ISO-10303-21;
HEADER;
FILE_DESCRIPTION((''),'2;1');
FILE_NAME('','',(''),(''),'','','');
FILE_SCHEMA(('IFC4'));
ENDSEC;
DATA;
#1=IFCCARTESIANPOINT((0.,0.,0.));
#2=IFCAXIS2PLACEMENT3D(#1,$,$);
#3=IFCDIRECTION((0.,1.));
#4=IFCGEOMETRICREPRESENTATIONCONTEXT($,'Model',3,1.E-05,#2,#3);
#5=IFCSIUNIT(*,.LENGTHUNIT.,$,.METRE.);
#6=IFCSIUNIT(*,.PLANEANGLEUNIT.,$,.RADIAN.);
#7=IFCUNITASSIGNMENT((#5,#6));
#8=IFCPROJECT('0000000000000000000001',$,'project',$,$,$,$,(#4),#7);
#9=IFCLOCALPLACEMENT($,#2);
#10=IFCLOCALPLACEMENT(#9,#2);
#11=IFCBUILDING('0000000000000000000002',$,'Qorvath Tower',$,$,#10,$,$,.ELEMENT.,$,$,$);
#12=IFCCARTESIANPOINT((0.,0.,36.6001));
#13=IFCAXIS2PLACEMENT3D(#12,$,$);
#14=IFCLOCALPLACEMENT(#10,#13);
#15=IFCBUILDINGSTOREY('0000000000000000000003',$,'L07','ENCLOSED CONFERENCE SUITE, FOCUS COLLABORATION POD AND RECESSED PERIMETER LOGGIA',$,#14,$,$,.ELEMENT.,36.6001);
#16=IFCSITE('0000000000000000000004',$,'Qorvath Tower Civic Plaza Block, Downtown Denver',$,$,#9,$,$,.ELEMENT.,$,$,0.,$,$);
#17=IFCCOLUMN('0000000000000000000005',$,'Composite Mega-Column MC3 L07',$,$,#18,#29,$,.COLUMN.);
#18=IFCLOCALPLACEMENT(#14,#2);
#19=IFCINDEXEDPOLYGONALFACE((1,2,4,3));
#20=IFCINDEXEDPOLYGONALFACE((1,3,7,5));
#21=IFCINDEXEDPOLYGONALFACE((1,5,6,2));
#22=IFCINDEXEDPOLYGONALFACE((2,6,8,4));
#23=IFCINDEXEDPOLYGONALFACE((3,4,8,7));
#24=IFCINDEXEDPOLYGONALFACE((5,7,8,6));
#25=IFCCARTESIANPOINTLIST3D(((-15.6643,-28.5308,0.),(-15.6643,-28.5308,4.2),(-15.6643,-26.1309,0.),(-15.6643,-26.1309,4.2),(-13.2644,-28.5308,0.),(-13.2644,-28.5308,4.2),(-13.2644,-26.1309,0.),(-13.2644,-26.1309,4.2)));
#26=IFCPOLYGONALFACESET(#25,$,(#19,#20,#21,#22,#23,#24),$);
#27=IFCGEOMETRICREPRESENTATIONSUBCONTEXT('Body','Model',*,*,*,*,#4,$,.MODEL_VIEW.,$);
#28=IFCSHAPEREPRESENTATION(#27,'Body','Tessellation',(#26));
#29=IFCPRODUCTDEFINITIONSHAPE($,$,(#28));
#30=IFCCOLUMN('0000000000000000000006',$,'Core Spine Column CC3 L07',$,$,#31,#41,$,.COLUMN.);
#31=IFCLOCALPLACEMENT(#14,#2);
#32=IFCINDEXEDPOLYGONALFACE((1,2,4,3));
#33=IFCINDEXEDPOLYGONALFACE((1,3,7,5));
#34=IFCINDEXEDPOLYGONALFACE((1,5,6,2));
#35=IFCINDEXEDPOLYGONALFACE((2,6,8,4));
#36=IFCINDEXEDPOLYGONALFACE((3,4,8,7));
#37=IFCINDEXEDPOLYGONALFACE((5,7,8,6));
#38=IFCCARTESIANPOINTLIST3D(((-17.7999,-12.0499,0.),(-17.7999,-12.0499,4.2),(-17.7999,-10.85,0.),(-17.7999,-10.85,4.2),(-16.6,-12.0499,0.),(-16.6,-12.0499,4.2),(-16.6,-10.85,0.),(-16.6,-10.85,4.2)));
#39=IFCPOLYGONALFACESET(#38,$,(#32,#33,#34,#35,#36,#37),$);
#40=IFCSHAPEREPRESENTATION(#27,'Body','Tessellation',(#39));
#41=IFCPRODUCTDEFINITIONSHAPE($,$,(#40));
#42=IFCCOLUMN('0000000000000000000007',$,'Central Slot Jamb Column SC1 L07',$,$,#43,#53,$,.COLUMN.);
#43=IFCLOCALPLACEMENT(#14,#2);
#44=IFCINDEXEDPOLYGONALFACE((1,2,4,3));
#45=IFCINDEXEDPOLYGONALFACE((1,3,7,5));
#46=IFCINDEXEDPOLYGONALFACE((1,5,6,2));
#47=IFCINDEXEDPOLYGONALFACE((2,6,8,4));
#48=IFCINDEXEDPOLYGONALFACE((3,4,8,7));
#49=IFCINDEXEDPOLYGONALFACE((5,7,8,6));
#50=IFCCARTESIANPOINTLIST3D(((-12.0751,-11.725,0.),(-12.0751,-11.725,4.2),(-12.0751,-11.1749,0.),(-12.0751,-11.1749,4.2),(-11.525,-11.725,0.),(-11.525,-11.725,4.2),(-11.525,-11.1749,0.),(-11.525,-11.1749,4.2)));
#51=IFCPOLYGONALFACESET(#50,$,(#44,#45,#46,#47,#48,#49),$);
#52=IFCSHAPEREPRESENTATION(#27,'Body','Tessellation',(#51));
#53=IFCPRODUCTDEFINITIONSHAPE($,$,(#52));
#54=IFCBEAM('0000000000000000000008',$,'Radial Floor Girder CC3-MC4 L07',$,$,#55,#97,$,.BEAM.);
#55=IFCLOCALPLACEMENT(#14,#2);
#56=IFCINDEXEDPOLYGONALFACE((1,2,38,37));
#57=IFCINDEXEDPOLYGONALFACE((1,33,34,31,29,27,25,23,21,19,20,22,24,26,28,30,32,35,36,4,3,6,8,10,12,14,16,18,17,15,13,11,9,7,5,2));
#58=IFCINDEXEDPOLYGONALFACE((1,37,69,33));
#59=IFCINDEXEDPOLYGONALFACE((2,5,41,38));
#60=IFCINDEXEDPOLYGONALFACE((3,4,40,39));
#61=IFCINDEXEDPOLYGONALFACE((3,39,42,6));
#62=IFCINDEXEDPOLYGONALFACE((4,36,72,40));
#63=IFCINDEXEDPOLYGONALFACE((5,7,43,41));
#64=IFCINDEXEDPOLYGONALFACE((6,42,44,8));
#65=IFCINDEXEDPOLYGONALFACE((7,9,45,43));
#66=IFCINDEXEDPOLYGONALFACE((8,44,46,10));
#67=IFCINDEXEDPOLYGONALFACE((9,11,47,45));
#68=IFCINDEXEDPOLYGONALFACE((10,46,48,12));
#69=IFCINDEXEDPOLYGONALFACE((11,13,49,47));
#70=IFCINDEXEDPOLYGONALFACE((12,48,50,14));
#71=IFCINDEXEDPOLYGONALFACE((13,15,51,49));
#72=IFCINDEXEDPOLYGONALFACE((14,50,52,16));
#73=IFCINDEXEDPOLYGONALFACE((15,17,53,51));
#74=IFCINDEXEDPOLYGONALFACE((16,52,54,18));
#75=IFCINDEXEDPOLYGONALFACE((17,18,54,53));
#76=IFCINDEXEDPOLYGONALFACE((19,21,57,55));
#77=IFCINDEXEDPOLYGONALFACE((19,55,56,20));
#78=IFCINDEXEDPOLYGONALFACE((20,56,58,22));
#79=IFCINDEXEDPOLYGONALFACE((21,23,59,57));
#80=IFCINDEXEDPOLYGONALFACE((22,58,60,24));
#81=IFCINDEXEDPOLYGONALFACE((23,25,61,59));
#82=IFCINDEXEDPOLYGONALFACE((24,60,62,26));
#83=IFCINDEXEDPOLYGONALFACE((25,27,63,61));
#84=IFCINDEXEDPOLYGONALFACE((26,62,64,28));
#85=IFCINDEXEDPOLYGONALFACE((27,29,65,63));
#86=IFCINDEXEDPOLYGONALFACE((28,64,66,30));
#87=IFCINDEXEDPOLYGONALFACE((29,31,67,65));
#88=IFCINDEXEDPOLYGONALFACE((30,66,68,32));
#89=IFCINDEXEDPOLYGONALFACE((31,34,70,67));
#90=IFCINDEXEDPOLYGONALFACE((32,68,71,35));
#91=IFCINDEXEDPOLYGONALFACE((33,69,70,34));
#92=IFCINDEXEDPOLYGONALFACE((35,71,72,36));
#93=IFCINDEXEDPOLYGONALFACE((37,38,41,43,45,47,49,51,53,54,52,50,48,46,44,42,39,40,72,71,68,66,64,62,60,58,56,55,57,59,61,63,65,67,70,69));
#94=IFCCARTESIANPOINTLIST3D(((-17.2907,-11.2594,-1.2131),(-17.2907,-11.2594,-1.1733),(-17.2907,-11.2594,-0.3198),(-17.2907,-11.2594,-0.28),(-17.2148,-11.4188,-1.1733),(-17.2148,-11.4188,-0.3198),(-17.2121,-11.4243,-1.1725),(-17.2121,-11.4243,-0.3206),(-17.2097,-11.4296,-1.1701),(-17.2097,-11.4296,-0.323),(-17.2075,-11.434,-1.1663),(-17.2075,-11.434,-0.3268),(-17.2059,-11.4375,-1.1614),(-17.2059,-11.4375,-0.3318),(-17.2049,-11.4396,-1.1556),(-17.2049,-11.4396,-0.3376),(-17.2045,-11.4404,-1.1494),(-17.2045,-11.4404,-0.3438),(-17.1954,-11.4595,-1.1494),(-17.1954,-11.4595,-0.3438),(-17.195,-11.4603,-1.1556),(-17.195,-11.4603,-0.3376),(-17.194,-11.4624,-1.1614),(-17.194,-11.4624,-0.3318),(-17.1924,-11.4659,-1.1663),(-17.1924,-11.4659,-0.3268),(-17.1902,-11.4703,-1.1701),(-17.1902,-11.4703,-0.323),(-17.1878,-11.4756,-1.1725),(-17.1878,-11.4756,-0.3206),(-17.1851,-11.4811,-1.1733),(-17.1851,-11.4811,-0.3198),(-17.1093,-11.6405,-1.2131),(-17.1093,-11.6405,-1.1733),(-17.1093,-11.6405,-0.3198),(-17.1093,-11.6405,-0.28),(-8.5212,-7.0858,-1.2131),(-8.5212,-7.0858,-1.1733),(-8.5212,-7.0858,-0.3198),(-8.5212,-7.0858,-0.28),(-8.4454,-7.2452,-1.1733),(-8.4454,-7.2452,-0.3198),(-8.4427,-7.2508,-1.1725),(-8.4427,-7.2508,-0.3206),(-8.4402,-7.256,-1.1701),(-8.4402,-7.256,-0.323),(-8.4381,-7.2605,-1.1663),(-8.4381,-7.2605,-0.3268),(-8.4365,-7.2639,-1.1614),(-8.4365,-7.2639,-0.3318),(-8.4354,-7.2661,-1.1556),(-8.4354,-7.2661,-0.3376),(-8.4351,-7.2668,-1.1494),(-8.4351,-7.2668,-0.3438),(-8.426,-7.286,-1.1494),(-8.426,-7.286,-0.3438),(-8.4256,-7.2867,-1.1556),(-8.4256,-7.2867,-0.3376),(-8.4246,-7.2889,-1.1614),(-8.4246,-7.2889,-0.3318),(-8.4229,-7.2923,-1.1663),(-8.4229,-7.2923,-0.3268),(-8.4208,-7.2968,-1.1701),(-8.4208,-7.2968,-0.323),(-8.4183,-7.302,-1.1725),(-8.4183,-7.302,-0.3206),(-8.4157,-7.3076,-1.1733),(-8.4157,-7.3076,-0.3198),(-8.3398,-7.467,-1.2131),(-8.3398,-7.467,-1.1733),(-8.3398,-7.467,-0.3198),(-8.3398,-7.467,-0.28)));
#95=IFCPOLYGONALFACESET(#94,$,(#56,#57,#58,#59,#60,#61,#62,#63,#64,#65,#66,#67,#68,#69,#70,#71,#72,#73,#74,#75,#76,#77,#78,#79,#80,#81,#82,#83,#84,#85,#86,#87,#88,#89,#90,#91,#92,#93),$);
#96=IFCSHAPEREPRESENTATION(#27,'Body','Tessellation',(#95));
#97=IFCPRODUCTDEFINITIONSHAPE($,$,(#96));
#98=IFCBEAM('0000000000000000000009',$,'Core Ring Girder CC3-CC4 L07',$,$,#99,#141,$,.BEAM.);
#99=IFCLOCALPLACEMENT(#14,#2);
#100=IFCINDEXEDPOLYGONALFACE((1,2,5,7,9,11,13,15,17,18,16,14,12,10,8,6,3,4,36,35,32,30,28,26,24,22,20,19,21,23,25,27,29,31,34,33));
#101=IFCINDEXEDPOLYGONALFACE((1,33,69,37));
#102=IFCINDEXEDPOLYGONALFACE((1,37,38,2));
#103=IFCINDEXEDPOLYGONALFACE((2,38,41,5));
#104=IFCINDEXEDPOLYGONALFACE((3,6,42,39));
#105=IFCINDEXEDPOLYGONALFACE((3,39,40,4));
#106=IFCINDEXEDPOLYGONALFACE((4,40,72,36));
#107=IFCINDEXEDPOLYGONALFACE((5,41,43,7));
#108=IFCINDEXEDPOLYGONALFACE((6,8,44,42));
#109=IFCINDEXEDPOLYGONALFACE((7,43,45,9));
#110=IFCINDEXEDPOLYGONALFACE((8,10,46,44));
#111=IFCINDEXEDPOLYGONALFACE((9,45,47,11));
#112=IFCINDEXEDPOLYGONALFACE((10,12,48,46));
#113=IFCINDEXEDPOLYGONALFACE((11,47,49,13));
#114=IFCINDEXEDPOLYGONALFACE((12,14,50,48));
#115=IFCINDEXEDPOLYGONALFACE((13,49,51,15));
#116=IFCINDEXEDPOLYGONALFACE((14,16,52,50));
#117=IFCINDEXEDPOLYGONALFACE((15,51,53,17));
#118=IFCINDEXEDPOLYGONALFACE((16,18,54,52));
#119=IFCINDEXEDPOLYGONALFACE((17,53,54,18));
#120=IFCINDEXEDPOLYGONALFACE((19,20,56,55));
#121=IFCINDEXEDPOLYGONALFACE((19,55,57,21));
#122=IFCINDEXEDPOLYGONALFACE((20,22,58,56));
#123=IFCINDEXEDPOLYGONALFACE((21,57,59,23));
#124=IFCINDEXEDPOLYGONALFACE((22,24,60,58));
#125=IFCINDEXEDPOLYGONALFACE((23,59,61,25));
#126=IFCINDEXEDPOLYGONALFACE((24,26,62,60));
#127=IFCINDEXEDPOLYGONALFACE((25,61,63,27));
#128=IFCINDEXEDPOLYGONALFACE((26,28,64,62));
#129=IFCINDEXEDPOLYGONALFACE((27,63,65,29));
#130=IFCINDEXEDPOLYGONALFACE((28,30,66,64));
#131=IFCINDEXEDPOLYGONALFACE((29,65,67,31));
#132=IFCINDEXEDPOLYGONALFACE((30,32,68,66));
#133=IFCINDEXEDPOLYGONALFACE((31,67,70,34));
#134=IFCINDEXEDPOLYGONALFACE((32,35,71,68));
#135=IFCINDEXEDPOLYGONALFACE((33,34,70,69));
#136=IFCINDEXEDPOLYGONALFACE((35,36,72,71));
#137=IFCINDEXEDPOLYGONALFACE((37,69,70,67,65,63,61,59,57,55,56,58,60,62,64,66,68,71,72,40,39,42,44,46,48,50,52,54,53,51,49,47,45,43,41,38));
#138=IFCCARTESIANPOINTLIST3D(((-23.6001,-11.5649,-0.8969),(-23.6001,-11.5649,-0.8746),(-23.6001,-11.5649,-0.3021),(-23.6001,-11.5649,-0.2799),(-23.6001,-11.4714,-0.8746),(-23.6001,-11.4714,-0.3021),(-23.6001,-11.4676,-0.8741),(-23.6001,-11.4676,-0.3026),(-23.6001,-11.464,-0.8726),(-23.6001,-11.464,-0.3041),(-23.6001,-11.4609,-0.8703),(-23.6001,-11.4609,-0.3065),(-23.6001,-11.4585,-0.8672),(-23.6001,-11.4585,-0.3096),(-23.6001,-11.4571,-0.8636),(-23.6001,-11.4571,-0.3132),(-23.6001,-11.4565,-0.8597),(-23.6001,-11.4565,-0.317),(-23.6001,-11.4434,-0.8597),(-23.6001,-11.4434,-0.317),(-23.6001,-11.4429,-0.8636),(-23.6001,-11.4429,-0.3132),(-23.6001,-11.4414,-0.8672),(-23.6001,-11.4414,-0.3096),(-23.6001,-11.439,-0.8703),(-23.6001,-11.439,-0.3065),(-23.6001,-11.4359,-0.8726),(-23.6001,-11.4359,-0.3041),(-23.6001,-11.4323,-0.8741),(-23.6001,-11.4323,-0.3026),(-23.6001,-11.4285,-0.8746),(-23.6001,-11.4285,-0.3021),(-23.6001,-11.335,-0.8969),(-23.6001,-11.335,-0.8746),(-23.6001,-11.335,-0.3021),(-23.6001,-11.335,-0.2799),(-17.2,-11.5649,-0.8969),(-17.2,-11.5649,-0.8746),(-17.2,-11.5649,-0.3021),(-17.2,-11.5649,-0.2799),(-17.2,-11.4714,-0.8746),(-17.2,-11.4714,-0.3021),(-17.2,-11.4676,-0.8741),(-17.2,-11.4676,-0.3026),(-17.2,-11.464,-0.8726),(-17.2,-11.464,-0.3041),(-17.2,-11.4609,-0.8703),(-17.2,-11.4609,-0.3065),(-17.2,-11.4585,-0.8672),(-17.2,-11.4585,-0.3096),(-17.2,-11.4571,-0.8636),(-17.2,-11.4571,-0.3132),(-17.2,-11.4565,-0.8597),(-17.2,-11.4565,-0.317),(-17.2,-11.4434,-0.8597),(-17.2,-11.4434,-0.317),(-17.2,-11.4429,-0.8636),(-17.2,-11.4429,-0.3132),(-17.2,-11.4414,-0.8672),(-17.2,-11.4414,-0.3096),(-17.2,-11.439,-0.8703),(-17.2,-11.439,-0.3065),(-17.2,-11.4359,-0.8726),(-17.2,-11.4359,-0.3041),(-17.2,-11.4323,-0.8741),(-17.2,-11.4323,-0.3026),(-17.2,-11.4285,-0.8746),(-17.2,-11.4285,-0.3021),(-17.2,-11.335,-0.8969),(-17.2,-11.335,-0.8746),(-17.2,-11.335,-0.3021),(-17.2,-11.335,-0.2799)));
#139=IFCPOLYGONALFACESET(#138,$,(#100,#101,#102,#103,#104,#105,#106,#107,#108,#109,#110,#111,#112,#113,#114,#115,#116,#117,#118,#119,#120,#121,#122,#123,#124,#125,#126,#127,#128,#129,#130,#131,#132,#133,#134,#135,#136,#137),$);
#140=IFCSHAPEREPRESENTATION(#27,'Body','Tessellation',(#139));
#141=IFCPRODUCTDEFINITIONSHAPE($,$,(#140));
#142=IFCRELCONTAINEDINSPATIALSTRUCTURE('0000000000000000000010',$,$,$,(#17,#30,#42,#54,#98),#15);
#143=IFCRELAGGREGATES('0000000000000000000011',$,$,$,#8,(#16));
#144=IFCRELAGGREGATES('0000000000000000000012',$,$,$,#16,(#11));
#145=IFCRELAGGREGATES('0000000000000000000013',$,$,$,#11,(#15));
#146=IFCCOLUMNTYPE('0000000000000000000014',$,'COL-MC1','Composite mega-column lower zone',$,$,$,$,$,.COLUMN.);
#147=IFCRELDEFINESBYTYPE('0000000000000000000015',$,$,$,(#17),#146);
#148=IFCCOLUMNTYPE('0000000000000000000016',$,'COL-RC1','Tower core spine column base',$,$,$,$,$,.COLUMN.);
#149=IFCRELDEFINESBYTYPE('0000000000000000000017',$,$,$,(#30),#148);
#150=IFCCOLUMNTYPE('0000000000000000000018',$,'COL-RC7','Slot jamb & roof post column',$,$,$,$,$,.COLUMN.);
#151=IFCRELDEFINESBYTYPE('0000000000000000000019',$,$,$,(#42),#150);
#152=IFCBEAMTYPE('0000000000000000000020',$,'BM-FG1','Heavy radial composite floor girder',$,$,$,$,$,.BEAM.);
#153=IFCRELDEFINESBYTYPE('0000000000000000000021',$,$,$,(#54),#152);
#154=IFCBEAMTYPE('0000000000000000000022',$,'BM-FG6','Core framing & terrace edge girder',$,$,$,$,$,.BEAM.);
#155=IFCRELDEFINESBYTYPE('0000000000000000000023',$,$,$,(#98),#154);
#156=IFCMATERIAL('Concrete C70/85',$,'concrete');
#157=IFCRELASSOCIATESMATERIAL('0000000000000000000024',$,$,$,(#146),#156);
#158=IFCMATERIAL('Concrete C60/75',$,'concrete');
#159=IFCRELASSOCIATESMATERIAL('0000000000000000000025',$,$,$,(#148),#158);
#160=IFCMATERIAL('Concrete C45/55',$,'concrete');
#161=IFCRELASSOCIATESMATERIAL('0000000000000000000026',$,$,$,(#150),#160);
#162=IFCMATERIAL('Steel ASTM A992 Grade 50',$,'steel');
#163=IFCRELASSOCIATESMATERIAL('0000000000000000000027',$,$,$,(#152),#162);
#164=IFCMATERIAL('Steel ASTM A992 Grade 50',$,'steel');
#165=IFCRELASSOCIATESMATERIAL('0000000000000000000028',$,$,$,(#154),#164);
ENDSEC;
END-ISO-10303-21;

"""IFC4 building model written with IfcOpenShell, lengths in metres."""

from ifc_helpers import new_model, si_unit, direction, frame, origin, origin_2d, place, context, subcontext, project, spatial, rectangle, i_section, extrude, material, material_profile, profile_set, type_object, element, save


model = new_model("IFC4")

# Units and contexts
model_context = context("Model", 3, precision=1e-05, world=origin(), true_north=direction((0.0, 1.0)))
body_context = subcontext(model_context, "Body", "Model", "MODEL_VIEW")
ifc_project = project(units=[si_unit("LENGTHUNIT", "METRE"), si_unit("PLANEANGLEUNIT", "RADIAN")], contexts=[model_context])

# Site, building, storey
site_placement = place(None, origin())
site = spatial("IfcSite", under=ifc_project, at=site_placement, Name="Qorvath Tower Civic Plaza Block, Downtown Denver", CompositionType="ELEMENT", RefElevation=0.0)
building_placement = place(site_placement, origin())
building = spatial("IfcBuilding", under=site, at=building_placement, Name="Qorvath Tower", CompositionType="ELEMENT")
storey_placement = place(building_placement, frame((0.0, 0.0, 36.6001)))
storey = spatial("IfcBuildingStorey", under=building, at=storey_placement, Name="L07", Description="ENCLOSED CONFERENCE SUITE, FOCUS COLLABORATION POD AND RECESSED PERIMETER LOGGIA", CompositionType="ELEMENT", Elevation=36.6001)

# Columns
ifc_material_1 = material(Name="Concrete C70/85", Category="concrete")
ifc_material_profile_1 = material_profile(ifc_material_1, rectangle(XDim=2.3999, YDim=2.3999, at=origin_2d()), Name="MC 2400x2400")
ifc_profile_set_1 = profile_set([ifc_material_profile_1], Name="Concrete C70/85")
column_type_1 = type_object("IfcColumnType", Name="COL-MC1", Description="Composite mega-column lower zone", PredefinedType="COLUMN", material=ifc_profile_set_1)
column_1_placement = place(storey_placement, frame((-14.4644, -27.3308, 0.0), z_axis=(0.0, 0.0, 1.0), x_axis=(1.0, 0.0, 0.0)))
element("IfcColumn", 1, at=column_1_placement, inside=storey, type_object=column_type_1, Name="Composite Mega-Column MC3 L07", PredefinedType="COLUMN", context=body_context, shape_type="SweptSolid", body=[
    extrude(rectangle(XDim=2.3999, YDim=2.3999, at=origin_2d()), origin(), (0.0, 0.0, 1.0), 4.2),
])
ifc_material_2 = material(Name="Concrete C60/75", Category="concrete")
ifc_material_profile_2 = material_profile(ifc_material_2, rectangle(XDim=1.2, YDim=1.2, at=origin_2d()), Name="RC 1200x1200")
ifc_profile_set_2 = profile_set([ifc_material_profile_2], Name="Concrete C60/75")
column_type_2 = type_object("IfcColumnType", Name="COL-RC1", Description="Tower core spine column base", PredefinedType="COLUMN", material=ifc_profile_set_2)
column_2_placement = place(storey_placement, frame((-17.2, -11.45, 0.0), z_axis=(0.0, 0.0, 1.0), x_axis=(1.0, 0.0, 0.0)))
element("IfcColumn", 2, at=column_2_placement, inside=storey, type_object=column_type_2, Name="Core Spine Column CC3 L07", PredefinedType="COLUMN", context=body_context, shape_type="SweptSolid", body=[
    extrude(rectangle(XDim=1.2, YDim=1.2, at=origin_2d()), origin(), (0.0, 0.0, 1.0), 4.2),
])
ifc_material_3 = material(Name="Concrete C45/55", Category="concrete")
ifc_material_profile_3 = material_profile(ifc_material_3, rectangle(XDim=0.55, YDim=0.55, at=origin_2d()), Name="RC 550x550")
ifc_profile_set_3 = profile_set([ifc_material_profile_3], Name="Concrete C45/55")
column_type_3 = type_object("IfcColumnType", Name="COL-RC7", Description="Slot jamb & roof post column", PredefinedType="COLUMN", material=ifc_profile_set_3)
column_3_placement = place(storey_placement, frame((-11.8, -11.45, 0.0), z_axis=(0.0, 0.0, 1.0), x_axis=(1.0, 0.0, 0.0)))
element("IfcColumn", 3, at=column_3_placement, inside=storey, type_object=column_type_3, Name="Central Slot Jamb Column SC1 L07", PredefinedType="COLUMN", context=body_context, shape_type="SweptSolid", body=[
    extrude(rectangle(XDim=0.55, YDim=0.55, at=origin_2d()), origin(), (0.0, 0.0, 1.0), 4.2),
])

# Beams
ifc_material_4 = material(Name="Steel ASTM A992 Grade 50", Category="steel")
ifc_material_profile_4 = material_profile(ifc_material_4, i_section(OverallWidth=0.4221, OverallDepth=0.9331, WebThickness=0.0212, FlangeThickness=0.0398, FilletRadius=0.0239, at=origin_2d()), Name="W36x262")
ifc_profile_set_4 = profile_set([ifc_material_profile_4], Name="Steel ASTM A992 Grade 50")
beam_type_1 = type_object("IfcBeamType", Name="BM-FG1", Description="Heavy radial composite floor girder", PredefinedType="BEAM", material=ifc_profile_set_4)
beam_1_placement = place(storey_placement, frame((-17.2, -11.45, -0.7466), z_axis=(0.902956, 0.429734, 0.0), x_axis=(-0.429734, 0.902956, 0.0)))
element("IfcBeam", 4, at=beam_1_placement, inside=storey, type_object=beam_type_1, Name="Radial Floor Girder CC3-MC4 L07", PredefinedType="BEAM", context=body_context, shape_type="SweptSolid", body=[
    extrude(i_section(OverallWidth=0.4221, OverallDepth=0.9331, WebThickness=0.0212, FlangeThickness=0.0398, FilletRadius=0.0239, at=origin_2d()), origin(), (0.0, 0.0, 1.0), 9.7119),
])
ifc_material_5 = material(Name="Steel ASTM A992 Grade 50", Category="steel")
ifc_material_profile_5 = material_profile(ifc_material_5, i_section(OverallWidth=0.23, OverallDepth=0.6169, WebThickness=0.0132, FlangeThickness=0.0222, FilletRadius=0.0149, at=origin_2d()), Name="W24x94")
ifc_profile_set_5 = profile_set([ifc_material_profile_5], Name="Steel ASTM A992 Grade 50")
beam_type_2 = type_object("IfcBeamType", Name="BM-FG6", Description="Core framing & terrace edge girder", PredefinedType="BEAM", material=ifc_profile_set_5)
beam_2_placement = place(storey_placement, frame((-17.2, -11.45, -0.5884), z_axis=(-1.0, 0.0, 0.0), x_axis=(0.0, -1.0, 0.0)))
element("IfcBeam", 5, at=beam_2_placement, inside=storey, type_object=beam_type_2, Name="Core Ring Girder CC3-CC4 L07", PredefinedType="BEAM", context=body_context, shape_type="SweptSolid", body=[
    extrude(i_section(OverallWidth=0.23, OverallDepth=0.6169, WebThickness=0.0132, FlangeThickness=0.0222, FilletRadius=0.0149, at=origin_2d()), origin(), (0.0, 0.0, 1.0), 6.4001),
])

save(model, "model.ifc")
